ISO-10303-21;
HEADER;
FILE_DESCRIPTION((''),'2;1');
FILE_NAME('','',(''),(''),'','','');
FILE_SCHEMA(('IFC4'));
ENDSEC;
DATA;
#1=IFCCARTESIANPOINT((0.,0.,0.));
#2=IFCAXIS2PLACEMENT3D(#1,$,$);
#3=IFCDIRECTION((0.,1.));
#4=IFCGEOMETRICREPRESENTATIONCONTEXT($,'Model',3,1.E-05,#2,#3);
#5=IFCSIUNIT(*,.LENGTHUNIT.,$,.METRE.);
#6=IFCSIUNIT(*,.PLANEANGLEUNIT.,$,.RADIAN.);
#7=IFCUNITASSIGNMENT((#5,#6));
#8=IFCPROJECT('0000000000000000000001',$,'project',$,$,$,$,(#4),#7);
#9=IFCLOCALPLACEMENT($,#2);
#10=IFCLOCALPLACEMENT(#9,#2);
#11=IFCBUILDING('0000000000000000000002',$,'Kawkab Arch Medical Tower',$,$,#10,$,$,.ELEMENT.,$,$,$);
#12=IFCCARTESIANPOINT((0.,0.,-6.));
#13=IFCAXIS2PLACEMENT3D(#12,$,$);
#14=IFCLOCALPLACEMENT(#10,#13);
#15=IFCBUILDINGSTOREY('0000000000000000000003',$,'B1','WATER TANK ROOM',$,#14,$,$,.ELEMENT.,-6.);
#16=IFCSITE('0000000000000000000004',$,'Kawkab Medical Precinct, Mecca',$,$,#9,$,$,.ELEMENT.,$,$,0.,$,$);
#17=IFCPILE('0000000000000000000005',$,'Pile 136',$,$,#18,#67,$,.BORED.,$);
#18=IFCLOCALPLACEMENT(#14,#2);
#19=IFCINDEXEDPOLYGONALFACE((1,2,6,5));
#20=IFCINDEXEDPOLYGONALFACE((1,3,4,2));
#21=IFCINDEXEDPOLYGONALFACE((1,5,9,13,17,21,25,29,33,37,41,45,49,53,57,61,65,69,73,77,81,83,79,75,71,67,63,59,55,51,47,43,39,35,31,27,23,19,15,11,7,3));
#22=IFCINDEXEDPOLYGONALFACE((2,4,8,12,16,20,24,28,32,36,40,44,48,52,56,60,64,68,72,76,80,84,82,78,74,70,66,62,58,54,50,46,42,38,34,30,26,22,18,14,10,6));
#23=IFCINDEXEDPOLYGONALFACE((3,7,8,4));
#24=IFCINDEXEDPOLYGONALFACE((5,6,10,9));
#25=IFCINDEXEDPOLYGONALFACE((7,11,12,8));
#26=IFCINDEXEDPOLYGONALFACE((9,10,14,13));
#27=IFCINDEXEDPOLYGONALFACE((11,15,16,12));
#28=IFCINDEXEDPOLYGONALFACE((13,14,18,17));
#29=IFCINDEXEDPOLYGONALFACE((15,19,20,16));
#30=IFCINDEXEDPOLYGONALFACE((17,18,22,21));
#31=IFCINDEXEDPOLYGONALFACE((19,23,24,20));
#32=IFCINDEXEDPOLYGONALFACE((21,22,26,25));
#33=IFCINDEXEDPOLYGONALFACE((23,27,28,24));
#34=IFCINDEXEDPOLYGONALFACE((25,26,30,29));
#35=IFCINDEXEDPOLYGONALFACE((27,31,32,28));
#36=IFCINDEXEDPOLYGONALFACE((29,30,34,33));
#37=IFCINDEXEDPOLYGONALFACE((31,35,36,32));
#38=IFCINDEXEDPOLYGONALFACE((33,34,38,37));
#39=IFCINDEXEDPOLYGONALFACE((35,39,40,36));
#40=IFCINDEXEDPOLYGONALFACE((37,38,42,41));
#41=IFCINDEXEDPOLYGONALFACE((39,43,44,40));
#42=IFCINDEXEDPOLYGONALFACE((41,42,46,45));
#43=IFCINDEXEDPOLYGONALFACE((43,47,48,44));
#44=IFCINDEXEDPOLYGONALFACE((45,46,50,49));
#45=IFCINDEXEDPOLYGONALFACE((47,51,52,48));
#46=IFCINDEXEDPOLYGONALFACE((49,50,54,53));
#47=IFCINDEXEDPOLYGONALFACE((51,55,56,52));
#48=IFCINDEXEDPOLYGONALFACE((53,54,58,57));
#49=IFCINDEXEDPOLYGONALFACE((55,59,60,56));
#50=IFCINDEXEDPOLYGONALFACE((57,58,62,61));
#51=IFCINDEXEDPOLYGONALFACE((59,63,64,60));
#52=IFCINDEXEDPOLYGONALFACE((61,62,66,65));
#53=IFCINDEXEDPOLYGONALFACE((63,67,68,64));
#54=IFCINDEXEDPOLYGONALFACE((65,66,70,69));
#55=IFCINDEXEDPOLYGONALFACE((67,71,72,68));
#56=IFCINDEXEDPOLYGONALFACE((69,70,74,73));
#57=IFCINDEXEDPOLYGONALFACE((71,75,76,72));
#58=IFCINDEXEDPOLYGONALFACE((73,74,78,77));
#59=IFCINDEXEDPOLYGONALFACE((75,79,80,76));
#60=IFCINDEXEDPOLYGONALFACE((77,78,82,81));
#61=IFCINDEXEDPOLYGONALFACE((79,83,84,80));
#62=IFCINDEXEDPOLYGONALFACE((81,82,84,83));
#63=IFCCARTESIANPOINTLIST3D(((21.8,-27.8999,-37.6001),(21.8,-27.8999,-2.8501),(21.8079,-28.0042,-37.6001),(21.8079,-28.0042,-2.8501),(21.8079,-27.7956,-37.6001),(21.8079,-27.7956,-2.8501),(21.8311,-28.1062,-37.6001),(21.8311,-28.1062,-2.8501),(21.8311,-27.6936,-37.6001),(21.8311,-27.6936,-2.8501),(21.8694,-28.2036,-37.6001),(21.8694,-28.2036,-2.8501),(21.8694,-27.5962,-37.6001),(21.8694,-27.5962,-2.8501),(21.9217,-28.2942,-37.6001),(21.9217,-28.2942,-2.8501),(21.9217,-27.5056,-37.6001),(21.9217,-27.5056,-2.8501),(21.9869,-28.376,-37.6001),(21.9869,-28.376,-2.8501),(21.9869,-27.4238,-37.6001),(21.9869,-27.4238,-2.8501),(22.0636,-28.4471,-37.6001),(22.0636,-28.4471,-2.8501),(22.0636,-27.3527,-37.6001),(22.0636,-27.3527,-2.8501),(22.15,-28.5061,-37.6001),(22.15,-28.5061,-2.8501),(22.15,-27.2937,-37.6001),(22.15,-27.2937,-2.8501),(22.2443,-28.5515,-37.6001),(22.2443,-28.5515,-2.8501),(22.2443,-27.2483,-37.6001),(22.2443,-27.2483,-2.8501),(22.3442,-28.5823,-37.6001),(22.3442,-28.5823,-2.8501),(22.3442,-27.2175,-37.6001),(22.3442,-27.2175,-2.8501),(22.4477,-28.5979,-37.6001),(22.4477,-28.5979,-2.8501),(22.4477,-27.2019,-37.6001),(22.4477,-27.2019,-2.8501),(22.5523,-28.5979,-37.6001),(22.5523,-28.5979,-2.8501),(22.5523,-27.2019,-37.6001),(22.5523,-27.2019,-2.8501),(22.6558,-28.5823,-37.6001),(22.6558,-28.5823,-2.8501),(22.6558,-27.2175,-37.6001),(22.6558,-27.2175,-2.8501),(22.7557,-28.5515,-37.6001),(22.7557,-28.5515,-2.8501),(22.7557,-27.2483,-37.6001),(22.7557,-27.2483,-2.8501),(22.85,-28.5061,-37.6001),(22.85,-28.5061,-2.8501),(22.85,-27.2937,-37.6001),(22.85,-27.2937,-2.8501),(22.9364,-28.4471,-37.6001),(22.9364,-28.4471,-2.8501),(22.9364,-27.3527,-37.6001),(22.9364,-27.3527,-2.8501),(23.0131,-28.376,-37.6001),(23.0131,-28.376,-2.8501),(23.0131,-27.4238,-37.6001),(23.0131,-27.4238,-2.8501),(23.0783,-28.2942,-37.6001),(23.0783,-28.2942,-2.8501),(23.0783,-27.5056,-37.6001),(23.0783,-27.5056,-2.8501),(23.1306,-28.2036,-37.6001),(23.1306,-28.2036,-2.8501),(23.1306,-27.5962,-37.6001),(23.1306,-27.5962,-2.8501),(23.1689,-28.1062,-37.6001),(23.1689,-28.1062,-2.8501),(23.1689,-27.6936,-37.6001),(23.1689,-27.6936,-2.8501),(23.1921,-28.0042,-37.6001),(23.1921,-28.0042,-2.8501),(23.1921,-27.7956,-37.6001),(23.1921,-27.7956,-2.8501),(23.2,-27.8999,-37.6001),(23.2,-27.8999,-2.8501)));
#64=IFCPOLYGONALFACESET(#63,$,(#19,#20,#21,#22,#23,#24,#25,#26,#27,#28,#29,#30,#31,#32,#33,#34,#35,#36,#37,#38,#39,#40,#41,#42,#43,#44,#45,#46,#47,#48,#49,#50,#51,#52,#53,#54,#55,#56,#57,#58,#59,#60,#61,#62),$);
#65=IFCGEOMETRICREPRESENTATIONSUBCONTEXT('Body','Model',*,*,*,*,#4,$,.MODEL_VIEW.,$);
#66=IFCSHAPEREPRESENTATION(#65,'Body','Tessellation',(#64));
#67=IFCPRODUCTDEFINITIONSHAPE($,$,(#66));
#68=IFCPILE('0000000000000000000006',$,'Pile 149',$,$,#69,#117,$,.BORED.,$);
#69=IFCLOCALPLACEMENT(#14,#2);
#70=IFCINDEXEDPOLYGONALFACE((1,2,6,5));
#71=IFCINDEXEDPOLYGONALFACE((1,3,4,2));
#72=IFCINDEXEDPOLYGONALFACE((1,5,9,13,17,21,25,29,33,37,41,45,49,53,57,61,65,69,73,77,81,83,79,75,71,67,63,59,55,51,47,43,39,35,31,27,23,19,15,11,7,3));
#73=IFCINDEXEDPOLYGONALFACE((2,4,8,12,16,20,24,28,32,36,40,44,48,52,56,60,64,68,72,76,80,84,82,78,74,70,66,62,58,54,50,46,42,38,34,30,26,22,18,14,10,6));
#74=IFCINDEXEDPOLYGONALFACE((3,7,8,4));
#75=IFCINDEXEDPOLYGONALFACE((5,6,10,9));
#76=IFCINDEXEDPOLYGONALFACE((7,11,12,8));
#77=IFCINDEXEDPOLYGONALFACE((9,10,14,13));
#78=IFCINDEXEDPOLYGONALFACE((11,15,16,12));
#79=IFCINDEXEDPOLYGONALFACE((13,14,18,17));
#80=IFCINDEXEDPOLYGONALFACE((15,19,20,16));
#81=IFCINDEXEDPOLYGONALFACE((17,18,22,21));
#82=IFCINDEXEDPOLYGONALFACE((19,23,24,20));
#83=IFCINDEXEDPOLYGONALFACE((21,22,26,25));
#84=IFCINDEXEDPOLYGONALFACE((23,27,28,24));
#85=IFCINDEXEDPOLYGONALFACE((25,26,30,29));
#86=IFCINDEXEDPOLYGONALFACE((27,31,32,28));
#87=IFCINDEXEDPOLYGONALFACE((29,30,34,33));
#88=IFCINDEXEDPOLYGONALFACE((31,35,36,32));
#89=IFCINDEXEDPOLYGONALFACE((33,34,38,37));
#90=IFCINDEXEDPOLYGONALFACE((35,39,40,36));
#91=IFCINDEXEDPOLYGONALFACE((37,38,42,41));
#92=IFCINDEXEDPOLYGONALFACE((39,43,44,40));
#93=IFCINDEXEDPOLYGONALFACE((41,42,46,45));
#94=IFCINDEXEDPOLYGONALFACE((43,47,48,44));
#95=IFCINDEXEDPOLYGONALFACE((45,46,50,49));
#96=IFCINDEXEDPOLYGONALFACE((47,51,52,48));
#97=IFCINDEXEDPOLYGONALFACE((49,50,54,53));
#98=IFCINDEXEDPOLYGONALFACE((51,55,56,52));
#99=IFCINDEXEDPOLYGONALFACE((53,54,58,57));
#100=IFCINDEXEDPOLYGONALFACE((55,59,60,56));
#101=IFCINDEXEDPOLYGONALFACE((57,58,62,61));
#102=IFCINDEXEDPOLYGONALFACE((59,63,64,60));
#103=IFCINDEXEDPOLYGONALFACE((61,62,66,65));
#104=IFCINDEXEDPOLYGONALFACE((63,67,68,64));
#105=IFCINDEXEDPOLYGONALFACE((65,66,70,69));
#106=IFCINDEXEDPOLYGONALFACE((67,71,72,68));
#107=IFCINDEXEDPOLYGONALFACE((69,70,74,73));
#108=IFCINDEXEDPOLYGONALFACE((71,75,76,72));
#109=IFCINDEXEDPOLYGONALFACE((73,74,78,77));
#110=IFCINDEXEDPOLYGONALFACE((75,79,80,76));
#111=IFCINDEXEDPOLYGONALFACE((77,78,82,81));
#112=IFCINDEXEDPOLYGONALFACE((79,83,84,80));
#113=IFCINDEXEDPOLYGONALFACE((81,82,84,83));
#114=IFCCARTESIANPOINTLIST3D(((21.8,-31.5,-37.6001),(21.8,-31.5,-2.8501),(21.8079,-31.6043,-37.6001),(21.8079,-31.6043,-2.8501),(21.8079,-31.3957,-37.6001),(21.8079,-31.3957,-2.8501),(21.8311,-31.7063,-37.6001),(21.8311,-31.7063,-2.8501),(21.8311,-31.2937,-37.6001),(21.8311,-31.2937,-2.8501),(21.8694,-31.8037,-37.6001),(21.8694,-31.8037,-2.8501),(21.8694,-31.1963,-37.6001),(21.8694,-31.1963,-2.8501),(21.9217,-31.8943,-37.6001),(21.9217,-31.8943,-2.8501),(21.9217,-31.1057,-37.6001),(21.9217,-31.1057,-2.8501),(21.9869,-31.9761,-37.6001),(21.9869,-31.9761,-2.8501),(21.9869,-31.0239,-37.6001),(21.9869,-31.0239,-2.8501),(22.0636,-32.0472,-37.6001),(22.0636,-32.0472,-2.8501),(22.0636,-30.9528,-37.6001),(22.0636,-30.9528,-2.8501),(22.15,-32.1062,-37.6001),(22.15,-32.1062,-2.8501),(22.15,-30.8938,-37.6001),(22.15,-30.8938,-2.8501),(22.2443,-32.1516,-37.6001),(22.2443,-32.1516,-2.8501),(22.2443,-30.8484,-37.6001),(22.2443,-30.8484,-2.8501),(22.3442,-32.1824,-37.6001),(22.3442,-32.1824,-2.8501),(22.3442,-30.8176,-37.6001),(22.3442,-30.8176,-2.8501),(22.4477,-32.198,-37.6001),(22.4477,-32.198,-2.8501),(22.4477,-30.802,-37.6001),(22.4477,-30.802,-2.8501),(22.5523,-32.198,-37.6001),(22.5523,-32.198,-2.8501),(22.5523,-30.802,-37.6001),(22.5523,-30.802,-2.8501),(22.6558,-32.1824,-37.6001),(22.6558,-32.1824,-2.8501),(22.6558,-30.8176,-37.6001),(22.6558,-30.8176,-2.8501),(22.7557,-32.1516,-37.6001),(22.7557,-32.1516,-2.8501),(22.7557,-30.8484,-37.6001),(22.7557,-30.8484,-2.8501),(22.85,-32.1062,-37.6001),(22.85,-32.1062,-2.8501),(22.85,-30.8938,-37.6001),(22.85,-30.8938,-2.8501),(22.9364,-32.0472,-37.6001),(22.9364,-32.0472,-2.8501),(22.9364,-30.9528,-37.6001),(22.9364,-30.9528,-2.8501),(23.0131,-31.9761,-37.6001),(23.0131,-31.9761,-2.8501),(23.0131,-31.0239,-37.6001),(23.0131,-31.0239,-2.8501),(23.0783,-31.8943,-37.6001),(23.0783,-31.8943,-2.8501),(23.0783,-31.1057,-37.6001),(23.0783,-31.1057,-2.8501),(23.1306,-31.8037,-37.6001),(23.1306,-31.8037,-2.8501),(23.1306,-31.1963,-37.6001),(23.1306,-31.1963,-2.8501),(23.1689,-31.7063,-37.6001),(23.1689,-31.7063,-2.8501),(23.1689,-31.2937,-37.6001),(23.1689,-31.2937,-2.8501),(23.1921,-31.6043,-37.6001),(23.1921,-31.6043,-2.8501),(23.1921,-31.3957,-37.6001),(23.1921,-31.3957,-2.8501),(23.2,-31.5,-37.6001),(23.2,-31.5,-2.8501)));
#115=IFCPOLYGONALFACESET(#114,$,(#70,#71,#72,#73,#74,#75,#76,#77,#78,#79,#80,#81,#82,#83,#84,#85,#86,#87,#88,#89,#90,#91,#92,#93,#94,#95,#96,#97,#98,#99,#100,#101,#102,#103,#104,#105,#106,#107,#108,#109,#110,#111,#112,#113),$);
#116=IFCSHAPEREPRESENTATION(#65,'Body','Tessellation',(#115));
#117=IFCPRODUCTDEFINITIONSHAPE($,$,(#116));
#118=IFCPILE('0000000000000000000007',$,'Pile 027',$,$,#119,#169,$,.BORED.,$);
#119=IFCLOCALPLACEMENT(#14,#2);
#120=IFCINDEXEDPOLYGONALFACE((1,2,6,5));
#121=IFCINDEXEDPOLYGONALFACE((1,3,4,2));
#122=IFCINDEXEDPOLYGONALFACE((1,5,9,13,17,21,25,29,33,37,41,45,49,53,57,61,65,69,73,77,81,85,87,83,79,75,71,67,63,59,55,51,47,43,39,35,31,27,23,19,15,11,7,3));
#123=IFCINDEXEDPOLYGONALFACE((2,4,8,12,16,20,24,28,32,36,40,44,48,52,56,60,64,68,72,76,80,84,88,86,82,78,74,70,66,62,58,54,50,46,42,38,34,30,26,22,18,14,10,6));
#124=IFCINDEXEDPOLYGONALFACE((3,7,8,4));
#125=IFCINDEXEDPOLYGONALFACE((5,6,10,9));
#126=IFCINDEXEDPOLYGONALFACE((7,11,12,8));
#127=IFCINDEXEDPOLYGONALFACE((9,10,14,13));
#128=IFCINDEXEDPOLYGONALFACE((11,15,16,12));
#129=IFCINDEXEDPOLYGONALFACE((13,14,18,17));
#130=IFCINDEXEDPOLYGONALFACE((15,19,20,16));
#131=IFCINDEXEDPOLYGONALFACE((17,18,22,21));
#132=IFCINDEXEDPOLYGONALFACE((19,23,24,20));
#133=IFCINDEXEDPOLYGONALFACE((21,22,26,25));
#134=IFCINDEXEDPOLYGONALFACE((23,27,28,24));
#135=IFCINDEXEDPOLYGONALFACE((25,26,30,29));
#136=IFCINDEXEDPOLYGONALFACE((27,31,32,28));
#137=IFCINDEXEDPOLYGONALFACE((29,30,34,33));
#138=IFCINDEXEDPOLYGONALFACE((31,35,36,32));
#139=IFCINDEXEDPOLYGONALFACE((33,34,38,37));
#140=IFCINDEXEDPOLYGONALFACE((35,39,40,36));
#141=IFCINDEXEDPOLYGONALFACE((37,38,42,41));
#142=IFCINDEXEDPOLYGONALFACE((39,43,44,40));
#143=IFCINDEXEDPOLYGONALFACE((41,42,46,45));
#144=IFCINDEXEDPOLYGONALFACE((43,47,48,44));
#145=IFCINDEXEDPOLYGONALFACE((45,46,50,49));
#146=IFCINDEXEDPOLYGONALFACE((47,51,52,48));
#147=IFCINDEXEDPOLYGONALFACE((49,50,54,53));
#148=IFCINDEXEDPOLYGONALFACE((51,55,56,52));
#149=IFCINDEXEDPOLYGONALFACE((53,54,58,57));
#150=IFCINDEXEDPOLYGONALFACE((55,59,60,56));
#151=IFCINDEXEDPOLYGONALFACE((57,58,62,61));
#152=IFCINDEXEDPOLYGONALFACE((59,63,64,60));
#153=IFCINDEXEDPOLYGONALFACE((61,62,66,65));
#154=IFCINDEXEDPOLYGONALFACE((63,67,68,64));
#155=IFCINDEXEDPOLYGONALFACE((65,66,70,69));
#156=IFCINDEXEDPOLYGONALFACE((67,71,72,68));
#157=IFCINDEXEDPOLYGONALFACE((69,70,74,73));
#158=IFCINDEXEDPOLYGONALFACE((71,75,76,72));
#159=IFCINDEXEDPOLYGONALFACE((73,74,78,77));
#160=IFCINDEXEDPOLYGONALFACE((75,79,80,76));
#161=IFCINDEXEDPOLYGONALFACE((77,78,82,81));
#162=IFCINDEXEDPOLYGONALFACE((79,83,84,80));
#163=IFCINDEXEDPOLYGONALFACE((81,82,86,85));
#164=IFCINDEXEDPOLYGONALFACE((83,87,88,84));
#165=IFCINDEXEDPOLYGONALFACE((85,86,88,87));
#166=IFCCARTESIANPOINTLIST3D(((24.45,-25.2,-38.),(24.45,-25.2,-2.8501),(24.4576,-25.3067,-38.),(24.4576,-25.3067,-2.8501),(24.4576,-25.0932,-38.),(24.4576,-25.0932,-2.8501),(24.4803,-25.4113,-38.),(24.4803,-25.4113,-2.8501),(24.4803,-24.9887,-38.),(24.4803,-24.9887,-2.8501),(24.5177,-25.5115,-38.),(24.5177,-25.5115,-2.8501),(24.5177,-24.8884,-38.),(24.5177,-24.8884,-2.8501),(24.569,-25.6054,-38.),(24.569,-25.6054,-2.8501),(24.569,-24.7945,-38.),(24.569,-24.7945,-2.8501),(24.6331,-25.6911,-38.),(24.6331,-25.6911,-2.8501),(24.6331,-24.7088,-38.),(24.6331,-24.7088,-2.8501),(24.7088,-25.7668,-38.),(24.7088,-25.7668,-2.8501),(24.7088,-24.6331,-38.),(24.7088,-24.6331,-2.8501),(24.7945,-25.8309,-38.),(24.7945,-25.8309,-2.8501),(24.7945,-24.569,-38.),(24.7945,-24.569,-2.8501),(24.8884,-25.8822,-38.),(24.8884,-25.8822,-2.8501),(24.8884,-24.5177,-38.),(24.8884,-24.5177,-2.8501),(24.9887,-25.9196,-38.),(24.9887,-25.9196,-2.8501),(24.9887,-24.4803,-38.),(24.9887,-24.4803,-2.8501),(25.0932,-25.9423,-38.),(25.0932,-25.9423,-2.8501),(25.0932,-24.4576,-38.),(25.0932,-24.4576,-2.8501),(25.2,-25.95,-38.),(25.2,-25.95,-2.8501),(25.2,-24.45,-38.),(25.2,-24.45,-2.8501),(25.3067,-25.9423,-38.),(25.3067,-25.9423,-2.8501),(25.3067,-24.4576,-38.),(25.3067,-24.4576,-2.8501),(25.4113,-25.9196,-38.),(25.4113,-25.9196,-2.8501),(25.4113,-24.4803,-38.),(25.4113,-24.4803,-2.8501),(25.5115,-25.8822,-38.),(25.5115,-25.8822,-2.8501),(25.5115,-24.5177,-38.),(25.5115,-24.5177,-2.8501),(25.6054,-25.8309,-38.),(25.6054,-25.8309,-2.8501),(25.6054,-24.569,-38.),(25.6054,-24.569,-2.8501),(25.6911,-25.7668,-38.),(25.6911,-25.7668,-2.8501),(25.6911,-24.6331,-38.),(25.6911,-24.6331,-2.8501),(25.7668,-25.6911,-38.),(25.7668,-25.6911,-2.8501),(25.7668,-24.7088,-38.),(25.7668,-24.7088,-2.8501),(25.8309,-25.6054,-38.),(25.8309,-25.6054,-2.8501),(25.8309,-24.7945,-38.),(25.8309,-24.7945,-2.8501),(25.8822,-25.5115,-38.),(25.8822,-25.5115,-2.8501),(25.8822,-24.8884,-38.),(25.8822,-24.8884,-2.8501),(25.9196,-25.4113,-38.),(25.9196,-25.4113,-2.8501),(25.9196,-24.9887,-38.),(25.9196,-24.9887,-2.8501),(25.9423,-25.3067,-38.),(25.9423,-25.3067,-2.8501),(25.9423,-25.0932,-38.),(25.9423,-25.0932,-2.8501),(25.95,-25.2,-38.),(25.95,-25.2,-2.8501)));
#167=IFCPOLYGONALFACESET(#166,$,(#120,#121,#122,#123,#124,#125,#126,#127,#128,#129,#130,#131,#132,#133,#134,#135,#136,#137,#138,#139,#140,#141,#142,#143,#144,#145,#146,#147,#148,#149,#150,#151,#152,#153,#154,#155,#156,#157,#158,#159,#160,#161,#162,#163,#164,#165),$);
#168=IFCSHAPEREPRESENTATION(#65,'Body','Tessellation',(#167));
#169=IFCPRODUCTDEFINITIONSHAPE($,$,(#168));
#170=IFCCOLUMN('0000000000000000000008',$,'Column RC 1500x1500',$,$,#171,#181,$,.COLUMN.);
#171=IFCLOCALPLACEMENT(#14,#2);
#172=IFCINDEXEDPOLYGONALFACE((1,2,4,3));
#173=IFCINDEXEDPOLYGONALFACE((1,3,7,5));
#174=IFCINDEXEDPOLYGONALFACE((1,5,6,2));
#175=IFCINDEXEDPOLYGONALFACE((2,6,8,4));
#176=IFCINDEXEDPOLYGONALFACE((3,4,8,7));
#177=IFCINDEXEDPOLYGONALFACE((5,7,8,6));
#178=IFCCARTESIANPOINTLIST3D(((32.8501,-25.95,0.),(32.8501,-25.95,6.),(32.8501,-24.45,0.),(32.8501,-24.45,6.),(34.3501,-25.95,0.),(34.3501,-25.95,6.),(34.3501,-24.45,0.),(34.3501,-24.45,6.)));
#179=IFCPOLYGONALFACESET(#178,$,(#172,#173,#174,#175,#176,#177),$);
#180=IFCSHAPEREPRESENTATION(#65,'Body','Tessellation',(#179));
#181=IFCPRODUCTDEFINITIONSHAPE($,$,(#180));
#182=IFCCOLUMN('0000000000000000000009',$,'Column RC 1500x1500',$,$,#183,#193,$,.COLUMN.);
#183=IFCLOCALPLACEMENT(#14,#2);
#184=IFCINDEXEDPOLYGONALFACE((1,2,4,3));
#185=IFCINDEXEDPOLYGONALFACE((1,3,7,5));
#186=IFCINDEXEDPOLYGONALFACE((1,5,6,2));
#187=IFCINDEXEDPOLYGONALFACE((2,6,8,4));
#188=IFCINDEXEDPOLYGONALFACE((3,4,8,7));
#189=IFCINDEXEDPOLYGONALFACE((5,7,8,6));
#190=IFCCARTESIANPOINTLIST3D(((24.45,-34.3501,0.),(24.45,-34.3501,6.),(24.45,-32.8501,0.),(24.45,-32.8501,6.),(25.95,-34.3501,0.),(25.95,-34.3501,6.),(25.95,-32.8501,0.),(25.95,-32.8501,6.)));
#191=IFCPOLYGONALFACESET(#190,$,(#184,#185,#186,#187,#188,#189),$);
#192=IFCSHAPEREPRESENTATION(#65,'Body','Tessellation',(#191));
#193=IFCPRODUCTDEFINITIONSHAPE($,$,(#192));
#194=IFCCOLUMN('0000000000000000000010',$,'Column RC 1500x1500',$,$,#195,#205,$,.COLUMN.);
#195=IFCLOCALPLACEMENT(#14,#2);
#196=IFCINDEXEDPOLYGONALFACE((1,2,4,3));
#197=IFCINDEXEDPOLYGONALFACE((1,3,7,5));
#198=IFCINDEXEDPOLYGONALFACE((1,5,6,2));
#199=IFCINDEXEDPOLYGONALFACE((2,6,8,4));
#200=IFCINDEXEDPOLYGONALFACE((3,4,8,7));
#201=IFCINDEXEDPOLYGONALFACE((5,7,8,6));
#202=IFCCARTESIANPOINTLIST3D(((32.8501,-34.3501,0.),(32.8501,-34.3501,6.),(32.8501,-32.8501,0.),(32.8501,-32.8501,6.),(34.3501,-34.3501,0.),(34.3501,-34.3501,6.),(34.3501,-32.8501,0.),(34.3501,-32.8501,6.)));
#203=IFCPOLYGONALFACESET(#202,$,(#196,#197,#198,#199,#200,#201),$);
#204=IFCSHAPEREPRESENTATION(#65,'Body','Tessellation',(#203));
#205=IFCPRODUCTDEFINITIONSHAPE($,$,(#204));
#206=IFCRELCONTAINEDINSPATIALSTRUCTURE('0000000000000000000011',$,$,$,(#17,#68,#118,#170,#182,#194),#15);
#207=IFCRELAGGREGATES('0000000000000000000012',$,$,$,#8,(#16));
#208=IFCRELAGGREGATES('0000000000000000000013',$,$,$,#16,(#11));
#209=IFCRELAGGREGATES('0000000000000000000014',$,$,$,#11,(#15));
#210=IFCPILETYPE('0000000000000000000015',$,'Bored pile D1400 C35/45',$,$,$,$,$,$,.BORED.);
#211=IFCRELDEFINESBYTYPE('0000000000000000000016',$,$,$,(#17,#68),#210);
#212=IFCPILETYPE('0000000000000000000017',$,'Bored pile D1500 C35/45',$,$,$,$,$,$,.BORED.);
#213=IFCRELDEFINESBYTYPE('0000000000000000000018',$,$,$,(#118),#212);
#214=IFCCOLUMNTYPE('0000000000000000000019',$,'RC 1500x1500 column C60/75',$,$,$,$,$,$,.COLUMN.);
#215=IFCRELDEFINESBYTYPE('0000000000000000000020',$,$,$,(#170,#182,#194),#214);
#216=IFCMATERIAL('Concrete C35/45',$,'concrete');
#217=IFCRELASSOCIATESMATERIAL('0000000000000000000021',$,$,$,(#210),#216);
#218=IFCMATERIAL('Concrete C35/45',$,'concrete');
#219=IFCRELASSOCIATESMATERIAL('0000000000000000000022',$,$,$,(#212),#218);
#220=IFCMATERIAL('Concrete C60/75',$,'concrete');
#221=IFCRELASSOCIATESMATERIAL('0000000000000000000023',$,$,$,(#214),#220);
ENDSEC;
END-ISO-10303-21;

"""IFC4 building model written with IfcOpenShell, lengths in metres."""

from ifc_helpers import new_model, si_unit, direction, frame, origin, origin_2d, place, context, subcontext, project, spatial, rectangle, circle, extrude, material, material_profile, profile_set, type_object, element, save


model = new_model("IFC4")

# Units and contexts
model_context = context("Model", 3, precision=1e-05, world=origin(), true_north=direction((0.0, 1.0)))
body_context = subcontext(model_context, "Body", "Model", "MODEL_VIEW")
ifc_project = project(units=[si_unit("LENGTHUNIT", "METRE"), si_unit("PLANEANGLEUNIT", "RADIAN")], contexts=[model_context])

# Site, building, storey
site_placement = place(None, origin())
site = spatial("IfcSite", under=ifc_project, at=site_placement, Name="Kawkab Medical Precinct, Mecca", CompositionType="ELEMENT", RefElevation=0.0)
building_placement = place(site_placement, origin())
building = spatial("IfcBuilding", under=site, at=building_placement, Name="Kawkab Arch Medical Tower", CompositionType="ELEMENT")
storey_placement = place(building_placement, frame((0.0, 0.0, -6.0)))
storey = spatial("IfcBuildingStorey", under=building, at=storey_placement, Name="B1", Description="WATER TANK ROOM", CompositionType="ELEMENT", Elevation=-6.0)

# Piles
ifc_material_1 = material(Name="Concrete C35/45", Category="concrete")
ifc_material_profile_1 = material_profile(ifc_material_1, circle(Radius=0.7, at=origin_2d()), Name="Bored pile D1400")
ifc_profile_set_1 = profile_set([ifc_material_profile_1], Name="Concrete C35/45")
pile_type_1 = type_object("IfcPileType", Name="Bored pile D1400 C35/45", PredefinedType="BORED", material=ifc_profile_set_1)
for number, where, z_axis, x_axis, name in (
    (1, (22.5, -27.8999, -2.8501), (0.0, 0.0, -1.0), (1.0, 0.0, 0.0), "Pile 136"),
    (2, (22.5, -31.5, -2.8501), (0.0, 0.0, -1.0), (1.0, 0.0, 0.0), "Pile 149"),
):
    element("IfcPile", number, at=place(storey_placement, frame(where, z_axis=z_axis, x_axis=x_axis)), inside=storey, type_object=pile_type_1, Name=name, PredefinedType="BORED", context=body_context, shape_type="SweptSolid", body=[
        extrude(circle(Radius=0.7, at=origin_2d()), origin(), (0.0, 0.0, 1.0), 34.75),
    ])
ifc_material_2 = material(Name="Concrete C35/45", Category="concrete")
ifc_material_profile_2 = material_profile(ifc_material_2, circle(Radius=0.75, at=origin_2d()), Name="Bored pile D1500")
ifc_profile_set_2 = profile_set([ifc_material_profile_2], Name="Concrete C35/45")
pile_type_2 = type_object("IfcPileType", Name="Bored pile D1500 C35/45", PredefinedType="BORED", material=ifc_profile_set_2)
pile_placement = place(storey_placement, frame((25.2, -25.2, -2.8501), z_axis=(0.0, 0.0, -1.0), x_axis=(1.0, 0.0, 0.0)))
element("IfcPile", 3, at=pile_placement, inside=storey, type_object=pile_type_2, Name="Pile 027", PredefinedType="BORED", context=body_context, shape_type="SweptSolid", body=[
    extrude(circle(Radius=0.75, at=origin_2d()), origin(), (0.0, 0.0, 1.0), 35.1499),
])

# Columns
ifc_material_3 = material(Name="Concrete C60/75", Category="concrete")
ifc_material_profile_3 = material_profile(ifc_material_3, rectangle(XDim=1.5, YDim=1.5, at=origin_2d()), Name="RC 1500x1500")
ifc_profile_set_3 = profile_set([ifc_material_profile_3], Name="Concrete C60/75")
column_type = type_object("IfcColumnType", Name="RC 1500x1500 column C60/75", PredefinedType="COLUMN", material=ifc_profile_set_3)
for number, where, z_axis, x_axis, name in (
    (4, (33.6001, -25.2, 0.0), (0.0, 0.0, 1.0), (1.0, 0.0, 0.0), "Column RC 1500x1500"),
    (5, (25.2, -33.6001, 0.0), (0.0, 0.0, 1.0), (1.0, 0.0, 0.0), "Column RC 1500x1500"),
    (6, (33.6001, -33.6001, 0.0), (0.0, 0.0, 1.0), (1.0, 0.0, 0.0), "Column RC 1500x1500"),
):
    element("IfcColumn", number, at=place(storey_placement, frame(where, z_axis=z_axis, x_axis=x_axis)), inside=storey, type_object=column_type, Name=name, PredefinedType="COLUMN", context=body_context, shape_type="SweptSolid", body=[
        extrude(rectangle(XDim=1.5, YDim=1.5, at=origin_2d()), origin(), (0.0, 0.0, 1.0), 6.0),
    ])

save(model, "model.ifc")
